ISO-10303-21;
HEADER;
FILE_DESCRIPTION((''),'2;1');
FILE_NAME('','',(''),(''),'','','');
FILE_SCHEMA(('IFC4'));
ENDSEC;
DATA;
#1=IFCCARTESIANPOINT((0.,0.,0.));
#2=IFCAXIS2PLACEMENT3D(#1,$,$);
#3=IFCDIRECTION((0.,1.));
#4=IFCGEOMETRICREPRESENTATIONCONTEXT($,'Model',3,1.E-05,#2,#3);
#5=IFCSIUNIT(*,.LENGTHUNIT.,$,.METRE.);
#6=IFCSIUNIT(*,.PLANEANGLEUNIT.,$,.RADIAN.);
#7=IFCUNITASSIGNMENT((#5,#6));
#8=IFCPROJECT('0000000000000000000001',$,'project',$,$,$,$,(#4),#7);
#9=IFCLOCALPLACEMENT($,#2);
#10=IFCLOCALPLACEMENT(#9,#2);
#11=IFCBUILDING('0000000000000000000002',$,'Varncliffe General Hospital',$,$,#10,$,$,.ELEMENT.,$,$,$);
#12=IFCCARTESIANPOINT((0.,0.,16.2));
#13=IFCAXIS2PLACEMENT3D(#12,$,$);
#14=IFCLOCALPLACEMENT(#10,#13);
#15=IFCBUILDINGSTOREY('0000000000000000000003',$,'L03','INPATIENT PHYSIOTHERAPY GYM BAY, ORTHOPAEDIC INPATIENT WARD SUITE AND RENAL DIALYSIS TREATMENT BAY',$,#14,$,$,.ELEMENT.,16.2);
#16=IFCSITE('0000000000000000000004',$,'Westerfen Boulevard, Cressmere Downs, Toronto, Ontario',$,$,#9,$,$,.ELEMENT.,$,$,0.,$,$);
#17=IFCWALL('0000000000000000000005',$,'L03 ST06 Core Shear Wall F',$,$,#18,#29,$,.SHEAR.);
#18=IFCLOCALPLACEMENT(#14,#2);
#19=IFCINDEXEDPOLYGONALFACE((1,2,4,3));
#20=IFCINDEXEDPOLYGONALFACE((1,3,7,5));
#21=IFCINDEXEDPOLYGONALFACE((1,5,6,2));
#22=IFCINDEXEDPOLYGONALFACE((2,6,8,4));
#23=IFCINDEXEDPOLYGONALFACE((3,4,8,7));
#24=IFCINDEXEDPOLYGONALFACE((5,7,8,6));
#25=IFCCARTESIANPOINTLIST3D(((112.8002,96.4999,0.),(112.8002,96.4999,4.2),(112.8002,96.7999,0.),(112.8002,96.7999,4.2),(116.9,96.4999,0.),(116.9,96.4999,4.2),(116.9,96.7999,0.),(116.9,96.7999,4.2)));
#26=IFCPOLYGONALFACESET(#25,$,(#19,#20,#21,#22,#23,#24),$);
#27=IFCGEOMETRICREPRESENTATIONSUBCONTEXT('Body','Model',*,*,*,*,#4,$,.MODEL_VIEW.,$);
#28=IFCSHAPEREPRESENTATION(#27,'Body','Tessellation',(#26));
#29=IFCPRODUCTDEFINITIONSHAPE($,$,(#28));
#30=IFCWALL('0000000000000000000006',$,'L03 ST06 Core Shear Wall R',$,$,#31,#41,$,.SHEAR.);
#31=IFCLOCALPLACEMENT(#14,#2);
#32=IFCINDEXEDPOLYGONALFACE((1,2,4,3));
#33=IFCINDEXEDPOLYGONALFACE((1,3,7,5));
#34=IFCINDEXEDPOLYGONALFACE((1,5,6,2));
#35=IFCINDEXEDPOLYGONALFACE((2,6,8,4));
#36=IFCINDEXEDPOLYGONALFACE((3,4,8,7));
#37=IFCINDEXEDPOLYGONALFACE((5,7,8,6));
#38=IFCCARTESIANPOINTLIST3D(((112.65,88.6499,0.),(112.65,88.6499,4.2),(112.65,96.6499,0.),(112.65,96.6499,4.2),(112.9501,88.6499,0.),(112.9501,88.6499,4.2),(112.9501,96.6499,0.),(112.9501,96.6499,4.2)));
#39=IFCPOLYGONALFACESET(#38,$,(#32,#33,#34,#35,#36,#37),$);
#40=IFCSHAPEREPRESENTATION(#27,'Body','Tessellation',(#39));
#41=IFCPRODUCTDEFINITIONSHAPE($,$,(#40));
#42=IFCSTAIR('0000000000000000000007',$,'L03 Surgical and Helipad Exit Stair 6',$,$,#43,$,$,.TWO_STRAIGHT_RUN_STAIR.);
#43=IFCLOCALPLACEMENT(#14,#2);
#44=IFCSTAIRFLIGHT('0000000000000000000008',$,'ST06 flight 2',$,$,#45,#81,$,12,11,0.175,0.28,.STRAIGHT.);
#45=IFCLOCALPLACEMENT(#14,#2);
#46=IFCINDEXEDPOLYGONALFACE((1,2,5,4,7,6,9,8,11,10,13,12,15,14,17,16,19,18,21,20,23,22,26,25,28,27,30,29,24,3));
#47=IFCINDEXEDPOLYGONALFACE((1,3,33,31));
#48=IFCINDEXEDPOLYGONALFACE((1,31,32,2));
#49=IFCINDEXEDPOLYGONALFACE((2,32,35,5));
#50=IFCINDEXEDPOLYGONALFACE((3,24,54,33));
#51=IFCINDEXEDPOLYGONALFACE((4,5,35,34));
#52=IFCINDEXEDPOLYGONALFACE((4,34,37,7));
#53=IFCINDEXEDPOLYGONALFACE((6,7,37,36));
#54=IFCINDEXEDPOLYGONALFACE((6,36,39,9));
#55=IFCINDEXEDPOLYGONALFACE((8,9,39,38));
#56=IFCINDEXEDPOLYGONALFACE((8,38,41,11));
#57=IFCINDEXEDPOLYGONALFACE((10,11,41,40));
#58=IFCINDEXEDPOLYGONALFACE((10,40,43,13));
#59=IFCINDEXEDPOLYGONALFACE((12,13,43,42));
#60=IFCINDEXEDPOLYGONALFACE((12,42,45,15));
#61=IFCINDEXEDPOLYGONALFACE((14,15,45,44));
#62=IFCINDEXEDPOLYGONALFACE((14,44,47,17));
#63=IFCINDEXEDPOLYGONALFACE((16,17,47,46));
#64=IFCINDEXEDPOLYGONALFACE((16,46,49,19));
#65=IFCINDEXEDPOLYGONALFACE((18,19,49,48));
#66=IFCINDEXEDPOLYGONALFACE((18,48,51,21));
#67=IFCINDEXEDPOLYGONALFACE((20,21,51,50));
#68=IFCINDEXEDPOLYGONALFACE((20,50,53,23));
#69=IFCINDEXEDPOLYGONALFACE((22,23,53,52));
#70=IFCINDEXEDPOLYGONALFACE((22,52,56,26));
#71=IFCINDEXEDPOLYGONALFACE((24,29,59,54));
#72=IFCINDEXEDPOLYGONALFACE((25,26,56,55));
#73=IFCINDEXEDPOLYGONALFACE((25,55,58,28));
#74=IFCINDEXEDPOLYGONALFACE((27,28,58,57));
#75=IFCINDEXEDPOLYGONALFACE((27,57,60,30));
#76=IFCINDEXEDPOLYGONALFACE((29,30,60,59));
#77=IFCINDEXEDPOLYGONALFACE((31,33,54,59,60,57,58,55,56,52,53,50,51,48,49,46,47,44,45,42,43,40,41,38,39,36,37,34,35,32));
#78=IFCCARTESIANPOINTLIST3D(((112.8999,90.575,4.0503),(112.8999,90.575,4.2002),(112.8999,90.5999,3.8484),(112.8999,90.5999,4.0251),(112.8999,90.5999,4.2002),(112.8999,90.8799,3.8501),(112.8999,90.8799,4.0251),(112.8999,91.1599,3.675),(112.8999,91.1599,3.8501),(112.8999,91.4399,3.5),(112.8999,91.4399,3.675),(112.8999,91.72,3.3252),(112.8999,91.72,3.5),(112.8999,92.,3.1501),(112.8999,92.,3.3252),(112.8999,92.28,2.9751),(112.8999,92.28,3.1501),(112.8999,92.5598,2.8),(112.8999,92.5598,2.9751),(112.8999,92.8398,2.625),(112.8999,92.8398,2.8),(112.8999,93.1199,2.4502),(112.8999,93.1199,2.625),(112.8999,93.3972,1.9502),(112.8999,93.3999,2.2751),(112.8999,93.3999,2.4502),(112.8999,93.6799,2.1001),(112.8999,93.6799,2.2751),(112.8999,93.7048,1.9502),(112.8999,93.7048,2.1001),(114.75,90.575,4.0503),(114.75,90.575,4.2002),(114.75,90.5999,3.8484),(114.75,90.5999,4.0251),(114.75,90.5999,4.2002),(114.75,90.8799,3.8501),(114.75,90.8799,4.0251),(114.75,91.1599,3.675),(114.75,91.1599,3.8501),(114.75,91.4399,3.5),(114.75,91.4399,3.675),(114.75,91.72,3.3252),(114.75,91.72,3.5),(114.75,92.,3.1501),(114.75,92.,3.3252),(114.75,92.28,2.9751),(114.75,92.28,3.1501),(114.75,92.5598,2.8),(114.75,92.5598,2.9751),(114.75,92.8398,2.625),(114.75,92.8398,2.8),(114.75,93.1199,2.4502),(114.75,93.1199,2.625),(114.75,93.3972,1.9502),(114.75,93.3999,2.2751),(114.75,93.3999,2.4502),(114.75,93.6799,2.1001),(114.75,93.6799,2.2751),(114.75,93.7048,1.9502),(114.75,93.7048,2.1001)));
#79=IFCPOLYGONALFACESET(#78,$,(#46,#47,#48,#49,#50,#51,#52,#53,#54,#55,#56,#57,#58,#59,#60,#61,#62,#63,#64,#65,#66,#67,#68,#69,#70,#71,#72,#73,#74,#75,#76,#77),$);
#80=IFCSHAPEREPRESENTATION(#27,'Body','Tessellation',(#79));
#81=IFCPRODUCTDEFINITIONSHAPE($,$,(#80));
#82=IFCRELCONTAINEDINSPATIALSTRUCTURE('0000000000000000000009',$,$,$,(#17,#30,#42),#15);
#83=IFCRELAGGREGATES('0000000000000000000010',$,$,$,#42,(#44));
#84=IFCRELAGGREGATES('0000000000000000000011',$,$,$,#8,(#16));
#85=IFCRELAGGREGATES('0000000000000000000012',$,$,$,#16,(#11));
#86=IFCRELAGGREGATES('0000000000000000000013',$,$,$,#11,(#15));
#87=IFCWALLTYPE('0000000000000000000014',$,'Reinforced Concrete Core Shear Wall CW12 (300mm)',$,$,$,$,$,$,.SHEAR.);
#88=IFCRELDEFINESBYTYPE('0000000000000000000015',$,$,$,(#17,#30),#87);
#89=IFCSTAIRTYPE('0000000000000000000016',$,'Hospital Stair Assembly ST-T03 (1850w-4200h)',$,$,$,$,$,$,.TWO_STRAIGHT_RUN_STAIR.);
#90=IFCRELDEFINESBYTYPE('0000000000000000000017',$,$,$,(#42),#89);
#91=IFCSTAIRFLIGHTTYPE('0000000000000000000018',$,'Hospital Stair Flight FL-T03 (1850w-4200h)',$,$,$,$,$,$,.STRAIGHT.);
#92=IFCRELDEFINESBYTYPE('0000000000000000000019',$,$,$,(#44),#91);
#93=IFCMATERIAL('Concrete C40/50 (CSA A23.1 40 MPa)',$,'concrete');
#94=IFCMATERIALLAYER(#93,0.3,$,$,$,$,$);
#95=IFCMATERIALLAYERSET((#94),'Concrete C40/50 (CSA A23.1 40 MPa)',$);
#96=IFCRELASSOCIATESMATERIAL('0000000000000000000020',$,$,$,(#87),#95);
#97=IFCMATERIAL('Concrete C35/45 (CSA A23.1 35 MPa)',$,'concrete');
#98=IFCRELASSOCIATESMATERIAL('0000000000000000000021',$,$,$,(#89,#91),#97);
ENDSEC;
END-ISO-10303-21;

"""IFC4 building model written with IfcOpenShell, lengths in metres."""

from ifc_helpers import new_model, si_unit, direction, frame, frame_2d, origin, place, context, subcontext, project, spatial, polyline, rectangle, outline, extrude, material, layer, layer_set, type_object, element, aggregate, save


model = new_model("IFC4")

# Units and contexts
model_context = context("Model", 3, precision=1e-05, world=origin(), true_north=direction((0.0, 1.0)))
body_context = subcontext(model_context, "Body", "Model", "MODEL_VIEW")
ifc_project = project(units=[si_unit("LENGTHUNIT", "METRE"), si_unit("PLANEANGLEUNIT", "RADIAN")], contexts=[model_context])

# Site, building, storey
site_placement = place(None, origin())
site = spatial("IfcSite", under=ifc_project, at=site_placement, Name="Westerfen Boulevard, Cressmere Downs, Toronto, Ontario", CompositionType="ELEMENT", RefElevation=0.0)
building_placement = place(site_placement, origin())
building = spatial("IfcBuilding", under=site, at=building_placement, Name="Varncliffe General Hospital", CompositionType="ELEMENT")
storey_placement = place(building_placement, frame((0.0, 0.0, 16.2)))
storey = spatial("IfcBuildingStorey", under=building, at=storey_placement, Name="L03", Description="INPATIENT PHYSIOTHERAPY GYM BAY, ORTHOPAEDIC INPATIENT WARD SUITE AND RENAL DIALYSIS TREATMENT BAY", CompositionType="ELEMENT", Elevation=16.2)

# Shared definitions
ifc_material_1 = material(Name="Concrete C40/50 (CSA A23.1 40 MPa)", Category="concrete")

# Shared definitions
ifc_material_2 = material(Name="Concrete C35/45 (CSA A23.1 35 MPa)", Category="concrete")

# Walls
ifc_layer_1 = layer(ifc_material_1, 0.3)
ifc_layer_set_1 = layer_set([ifc_layer_1], Name="Concrete C40/50 (CSA A23.1 40 MPa)")
wall_type_1 = type_object("IfcWallType", Name="Reinforced Concrete Core Shear Wall CW12 (300mm)", PredefinedType="SHEAR", material=ifc_layer_set_1)
wall_1_placement = place(storey_placement, frame((116.8999, 96.6499, 0.0), z_axis=(0.0, 0.0, 1.0), x_axis=(-1.0, 0.0, 0.0)))
element("IfcWall", 1, at=wall_1_placement, inside=storey, type_object=wall_type_1, Name="L03 ST06 Core Shear Wall F", PredefinedType="SHEAR", context=body_context, shape_type="SweptSolid", body=[
    extrude(rectangle(XDim=4.0999, YDim=0.3, at=frame_2d((2.0498, 0.0))), origin(), (0.0, 0.0, 1.0), 4.2),
])
wall_2_placement = place(storey_placement, frame((112.8, 96.6499, 0.0), z_axis=(0.0, 0.0, 1.0), x_axis=(0.0, -1.0, 0.0)))
element("IfcWall", 2, at=wall_2_placement, inside=storey, type_object=wall_type_1, Name="L03 ST06 Core Shear Wall R", PredefinedType="SHEAR", context=body_context, shape_type="SweptSolid", body=[
    extrude(rectangle(XDim=8.0, YDim=0.3, at=frame_2d((4.0, 0.0))), origin(), (0.0, 0.0, 1.0), 4.2),
])

# Stair, stair flight
stair_type = type_object("IfcStairType", Name="Hospital Stair Assembly ST-T03 (1850w-4200h)", PredefinedType="TWO_STRAIGHT_RUN_STAIR", material=ifc_material_2)
stair_placement = place(storey_placement, origin())
stair = element("IfcStair", 3, at=stair_placement, inside=storey, type_object=stair_type, Name="L03 Surgical and Helipad Exit Stair 6", PredefinedType="TWO_STRAIGHT_RUN_STAIR")
stair_flight_type = type_object("IfcStairFlightType", Name="Hospital Stair Flight FL-T03 (1850w-4200h)", PredefinedType="STRAIGHT", material=ifc_material_2)
stair_flight_placement = place(storey_placement, frame((113.825, 93.6799, 2.1001), z_axis=(0.0, 0.0, 1.0), x_axis=(0.0, -1.0, 0.0)))
stair_flight = element("IfcStairFlight", 4, at=stair_flight_placement, type_object=stair_flight_type, Name="ST06 flight 2", NumberOfRisers=12, NumberOfTreads=11, PredefinedType="STRAIGHT", RiserHeight=0.175, TreadLength=0.28, context=body_context, shape_type="SweptSolid", body=[
    extrude(outline(polyline([(-0.0249, -0.1499), (-0.0249, 0.0), (0.0, 0.0), (0.0, 0.175), (0.28, 0.175), (0.28, 0.3501), (0.5601, 0.3501), (0.5601, 0.5249), (0.8401, 0.5249), (0.8401, 0.7), (1.1201, 0.7), (1.1201, 0.875), (1.3999, 0.875), (1.3999, 1.05), (1.6799, 1.05), (1.6799, 1.2251), (1.96, 1.2251), (1.96, 1.3999), (2.24, 1.3999), (2.24, 1.575), (2.52, 1.575), (2.52, 1.75), (2.8, 1.75), (2.8, 1.925), (3.0801, 1.925), (3.0801, 2.1001), (3.105, 2.1001), (3.105, 1.9502), (3.0801, 1.7483), (0.2827, -0.1499), (-0.0249, -0.1499)])), frame((0.0, 0.925, 0.0), z_axis=(0.0, -1.0, 0.0), x_axis=(1.0, 0.0, 0.0)), (0.0, 0.0, 1.0), 1.8501),
])
aggregate(stair, [stair_flight])

save(model, "model.ifc")
